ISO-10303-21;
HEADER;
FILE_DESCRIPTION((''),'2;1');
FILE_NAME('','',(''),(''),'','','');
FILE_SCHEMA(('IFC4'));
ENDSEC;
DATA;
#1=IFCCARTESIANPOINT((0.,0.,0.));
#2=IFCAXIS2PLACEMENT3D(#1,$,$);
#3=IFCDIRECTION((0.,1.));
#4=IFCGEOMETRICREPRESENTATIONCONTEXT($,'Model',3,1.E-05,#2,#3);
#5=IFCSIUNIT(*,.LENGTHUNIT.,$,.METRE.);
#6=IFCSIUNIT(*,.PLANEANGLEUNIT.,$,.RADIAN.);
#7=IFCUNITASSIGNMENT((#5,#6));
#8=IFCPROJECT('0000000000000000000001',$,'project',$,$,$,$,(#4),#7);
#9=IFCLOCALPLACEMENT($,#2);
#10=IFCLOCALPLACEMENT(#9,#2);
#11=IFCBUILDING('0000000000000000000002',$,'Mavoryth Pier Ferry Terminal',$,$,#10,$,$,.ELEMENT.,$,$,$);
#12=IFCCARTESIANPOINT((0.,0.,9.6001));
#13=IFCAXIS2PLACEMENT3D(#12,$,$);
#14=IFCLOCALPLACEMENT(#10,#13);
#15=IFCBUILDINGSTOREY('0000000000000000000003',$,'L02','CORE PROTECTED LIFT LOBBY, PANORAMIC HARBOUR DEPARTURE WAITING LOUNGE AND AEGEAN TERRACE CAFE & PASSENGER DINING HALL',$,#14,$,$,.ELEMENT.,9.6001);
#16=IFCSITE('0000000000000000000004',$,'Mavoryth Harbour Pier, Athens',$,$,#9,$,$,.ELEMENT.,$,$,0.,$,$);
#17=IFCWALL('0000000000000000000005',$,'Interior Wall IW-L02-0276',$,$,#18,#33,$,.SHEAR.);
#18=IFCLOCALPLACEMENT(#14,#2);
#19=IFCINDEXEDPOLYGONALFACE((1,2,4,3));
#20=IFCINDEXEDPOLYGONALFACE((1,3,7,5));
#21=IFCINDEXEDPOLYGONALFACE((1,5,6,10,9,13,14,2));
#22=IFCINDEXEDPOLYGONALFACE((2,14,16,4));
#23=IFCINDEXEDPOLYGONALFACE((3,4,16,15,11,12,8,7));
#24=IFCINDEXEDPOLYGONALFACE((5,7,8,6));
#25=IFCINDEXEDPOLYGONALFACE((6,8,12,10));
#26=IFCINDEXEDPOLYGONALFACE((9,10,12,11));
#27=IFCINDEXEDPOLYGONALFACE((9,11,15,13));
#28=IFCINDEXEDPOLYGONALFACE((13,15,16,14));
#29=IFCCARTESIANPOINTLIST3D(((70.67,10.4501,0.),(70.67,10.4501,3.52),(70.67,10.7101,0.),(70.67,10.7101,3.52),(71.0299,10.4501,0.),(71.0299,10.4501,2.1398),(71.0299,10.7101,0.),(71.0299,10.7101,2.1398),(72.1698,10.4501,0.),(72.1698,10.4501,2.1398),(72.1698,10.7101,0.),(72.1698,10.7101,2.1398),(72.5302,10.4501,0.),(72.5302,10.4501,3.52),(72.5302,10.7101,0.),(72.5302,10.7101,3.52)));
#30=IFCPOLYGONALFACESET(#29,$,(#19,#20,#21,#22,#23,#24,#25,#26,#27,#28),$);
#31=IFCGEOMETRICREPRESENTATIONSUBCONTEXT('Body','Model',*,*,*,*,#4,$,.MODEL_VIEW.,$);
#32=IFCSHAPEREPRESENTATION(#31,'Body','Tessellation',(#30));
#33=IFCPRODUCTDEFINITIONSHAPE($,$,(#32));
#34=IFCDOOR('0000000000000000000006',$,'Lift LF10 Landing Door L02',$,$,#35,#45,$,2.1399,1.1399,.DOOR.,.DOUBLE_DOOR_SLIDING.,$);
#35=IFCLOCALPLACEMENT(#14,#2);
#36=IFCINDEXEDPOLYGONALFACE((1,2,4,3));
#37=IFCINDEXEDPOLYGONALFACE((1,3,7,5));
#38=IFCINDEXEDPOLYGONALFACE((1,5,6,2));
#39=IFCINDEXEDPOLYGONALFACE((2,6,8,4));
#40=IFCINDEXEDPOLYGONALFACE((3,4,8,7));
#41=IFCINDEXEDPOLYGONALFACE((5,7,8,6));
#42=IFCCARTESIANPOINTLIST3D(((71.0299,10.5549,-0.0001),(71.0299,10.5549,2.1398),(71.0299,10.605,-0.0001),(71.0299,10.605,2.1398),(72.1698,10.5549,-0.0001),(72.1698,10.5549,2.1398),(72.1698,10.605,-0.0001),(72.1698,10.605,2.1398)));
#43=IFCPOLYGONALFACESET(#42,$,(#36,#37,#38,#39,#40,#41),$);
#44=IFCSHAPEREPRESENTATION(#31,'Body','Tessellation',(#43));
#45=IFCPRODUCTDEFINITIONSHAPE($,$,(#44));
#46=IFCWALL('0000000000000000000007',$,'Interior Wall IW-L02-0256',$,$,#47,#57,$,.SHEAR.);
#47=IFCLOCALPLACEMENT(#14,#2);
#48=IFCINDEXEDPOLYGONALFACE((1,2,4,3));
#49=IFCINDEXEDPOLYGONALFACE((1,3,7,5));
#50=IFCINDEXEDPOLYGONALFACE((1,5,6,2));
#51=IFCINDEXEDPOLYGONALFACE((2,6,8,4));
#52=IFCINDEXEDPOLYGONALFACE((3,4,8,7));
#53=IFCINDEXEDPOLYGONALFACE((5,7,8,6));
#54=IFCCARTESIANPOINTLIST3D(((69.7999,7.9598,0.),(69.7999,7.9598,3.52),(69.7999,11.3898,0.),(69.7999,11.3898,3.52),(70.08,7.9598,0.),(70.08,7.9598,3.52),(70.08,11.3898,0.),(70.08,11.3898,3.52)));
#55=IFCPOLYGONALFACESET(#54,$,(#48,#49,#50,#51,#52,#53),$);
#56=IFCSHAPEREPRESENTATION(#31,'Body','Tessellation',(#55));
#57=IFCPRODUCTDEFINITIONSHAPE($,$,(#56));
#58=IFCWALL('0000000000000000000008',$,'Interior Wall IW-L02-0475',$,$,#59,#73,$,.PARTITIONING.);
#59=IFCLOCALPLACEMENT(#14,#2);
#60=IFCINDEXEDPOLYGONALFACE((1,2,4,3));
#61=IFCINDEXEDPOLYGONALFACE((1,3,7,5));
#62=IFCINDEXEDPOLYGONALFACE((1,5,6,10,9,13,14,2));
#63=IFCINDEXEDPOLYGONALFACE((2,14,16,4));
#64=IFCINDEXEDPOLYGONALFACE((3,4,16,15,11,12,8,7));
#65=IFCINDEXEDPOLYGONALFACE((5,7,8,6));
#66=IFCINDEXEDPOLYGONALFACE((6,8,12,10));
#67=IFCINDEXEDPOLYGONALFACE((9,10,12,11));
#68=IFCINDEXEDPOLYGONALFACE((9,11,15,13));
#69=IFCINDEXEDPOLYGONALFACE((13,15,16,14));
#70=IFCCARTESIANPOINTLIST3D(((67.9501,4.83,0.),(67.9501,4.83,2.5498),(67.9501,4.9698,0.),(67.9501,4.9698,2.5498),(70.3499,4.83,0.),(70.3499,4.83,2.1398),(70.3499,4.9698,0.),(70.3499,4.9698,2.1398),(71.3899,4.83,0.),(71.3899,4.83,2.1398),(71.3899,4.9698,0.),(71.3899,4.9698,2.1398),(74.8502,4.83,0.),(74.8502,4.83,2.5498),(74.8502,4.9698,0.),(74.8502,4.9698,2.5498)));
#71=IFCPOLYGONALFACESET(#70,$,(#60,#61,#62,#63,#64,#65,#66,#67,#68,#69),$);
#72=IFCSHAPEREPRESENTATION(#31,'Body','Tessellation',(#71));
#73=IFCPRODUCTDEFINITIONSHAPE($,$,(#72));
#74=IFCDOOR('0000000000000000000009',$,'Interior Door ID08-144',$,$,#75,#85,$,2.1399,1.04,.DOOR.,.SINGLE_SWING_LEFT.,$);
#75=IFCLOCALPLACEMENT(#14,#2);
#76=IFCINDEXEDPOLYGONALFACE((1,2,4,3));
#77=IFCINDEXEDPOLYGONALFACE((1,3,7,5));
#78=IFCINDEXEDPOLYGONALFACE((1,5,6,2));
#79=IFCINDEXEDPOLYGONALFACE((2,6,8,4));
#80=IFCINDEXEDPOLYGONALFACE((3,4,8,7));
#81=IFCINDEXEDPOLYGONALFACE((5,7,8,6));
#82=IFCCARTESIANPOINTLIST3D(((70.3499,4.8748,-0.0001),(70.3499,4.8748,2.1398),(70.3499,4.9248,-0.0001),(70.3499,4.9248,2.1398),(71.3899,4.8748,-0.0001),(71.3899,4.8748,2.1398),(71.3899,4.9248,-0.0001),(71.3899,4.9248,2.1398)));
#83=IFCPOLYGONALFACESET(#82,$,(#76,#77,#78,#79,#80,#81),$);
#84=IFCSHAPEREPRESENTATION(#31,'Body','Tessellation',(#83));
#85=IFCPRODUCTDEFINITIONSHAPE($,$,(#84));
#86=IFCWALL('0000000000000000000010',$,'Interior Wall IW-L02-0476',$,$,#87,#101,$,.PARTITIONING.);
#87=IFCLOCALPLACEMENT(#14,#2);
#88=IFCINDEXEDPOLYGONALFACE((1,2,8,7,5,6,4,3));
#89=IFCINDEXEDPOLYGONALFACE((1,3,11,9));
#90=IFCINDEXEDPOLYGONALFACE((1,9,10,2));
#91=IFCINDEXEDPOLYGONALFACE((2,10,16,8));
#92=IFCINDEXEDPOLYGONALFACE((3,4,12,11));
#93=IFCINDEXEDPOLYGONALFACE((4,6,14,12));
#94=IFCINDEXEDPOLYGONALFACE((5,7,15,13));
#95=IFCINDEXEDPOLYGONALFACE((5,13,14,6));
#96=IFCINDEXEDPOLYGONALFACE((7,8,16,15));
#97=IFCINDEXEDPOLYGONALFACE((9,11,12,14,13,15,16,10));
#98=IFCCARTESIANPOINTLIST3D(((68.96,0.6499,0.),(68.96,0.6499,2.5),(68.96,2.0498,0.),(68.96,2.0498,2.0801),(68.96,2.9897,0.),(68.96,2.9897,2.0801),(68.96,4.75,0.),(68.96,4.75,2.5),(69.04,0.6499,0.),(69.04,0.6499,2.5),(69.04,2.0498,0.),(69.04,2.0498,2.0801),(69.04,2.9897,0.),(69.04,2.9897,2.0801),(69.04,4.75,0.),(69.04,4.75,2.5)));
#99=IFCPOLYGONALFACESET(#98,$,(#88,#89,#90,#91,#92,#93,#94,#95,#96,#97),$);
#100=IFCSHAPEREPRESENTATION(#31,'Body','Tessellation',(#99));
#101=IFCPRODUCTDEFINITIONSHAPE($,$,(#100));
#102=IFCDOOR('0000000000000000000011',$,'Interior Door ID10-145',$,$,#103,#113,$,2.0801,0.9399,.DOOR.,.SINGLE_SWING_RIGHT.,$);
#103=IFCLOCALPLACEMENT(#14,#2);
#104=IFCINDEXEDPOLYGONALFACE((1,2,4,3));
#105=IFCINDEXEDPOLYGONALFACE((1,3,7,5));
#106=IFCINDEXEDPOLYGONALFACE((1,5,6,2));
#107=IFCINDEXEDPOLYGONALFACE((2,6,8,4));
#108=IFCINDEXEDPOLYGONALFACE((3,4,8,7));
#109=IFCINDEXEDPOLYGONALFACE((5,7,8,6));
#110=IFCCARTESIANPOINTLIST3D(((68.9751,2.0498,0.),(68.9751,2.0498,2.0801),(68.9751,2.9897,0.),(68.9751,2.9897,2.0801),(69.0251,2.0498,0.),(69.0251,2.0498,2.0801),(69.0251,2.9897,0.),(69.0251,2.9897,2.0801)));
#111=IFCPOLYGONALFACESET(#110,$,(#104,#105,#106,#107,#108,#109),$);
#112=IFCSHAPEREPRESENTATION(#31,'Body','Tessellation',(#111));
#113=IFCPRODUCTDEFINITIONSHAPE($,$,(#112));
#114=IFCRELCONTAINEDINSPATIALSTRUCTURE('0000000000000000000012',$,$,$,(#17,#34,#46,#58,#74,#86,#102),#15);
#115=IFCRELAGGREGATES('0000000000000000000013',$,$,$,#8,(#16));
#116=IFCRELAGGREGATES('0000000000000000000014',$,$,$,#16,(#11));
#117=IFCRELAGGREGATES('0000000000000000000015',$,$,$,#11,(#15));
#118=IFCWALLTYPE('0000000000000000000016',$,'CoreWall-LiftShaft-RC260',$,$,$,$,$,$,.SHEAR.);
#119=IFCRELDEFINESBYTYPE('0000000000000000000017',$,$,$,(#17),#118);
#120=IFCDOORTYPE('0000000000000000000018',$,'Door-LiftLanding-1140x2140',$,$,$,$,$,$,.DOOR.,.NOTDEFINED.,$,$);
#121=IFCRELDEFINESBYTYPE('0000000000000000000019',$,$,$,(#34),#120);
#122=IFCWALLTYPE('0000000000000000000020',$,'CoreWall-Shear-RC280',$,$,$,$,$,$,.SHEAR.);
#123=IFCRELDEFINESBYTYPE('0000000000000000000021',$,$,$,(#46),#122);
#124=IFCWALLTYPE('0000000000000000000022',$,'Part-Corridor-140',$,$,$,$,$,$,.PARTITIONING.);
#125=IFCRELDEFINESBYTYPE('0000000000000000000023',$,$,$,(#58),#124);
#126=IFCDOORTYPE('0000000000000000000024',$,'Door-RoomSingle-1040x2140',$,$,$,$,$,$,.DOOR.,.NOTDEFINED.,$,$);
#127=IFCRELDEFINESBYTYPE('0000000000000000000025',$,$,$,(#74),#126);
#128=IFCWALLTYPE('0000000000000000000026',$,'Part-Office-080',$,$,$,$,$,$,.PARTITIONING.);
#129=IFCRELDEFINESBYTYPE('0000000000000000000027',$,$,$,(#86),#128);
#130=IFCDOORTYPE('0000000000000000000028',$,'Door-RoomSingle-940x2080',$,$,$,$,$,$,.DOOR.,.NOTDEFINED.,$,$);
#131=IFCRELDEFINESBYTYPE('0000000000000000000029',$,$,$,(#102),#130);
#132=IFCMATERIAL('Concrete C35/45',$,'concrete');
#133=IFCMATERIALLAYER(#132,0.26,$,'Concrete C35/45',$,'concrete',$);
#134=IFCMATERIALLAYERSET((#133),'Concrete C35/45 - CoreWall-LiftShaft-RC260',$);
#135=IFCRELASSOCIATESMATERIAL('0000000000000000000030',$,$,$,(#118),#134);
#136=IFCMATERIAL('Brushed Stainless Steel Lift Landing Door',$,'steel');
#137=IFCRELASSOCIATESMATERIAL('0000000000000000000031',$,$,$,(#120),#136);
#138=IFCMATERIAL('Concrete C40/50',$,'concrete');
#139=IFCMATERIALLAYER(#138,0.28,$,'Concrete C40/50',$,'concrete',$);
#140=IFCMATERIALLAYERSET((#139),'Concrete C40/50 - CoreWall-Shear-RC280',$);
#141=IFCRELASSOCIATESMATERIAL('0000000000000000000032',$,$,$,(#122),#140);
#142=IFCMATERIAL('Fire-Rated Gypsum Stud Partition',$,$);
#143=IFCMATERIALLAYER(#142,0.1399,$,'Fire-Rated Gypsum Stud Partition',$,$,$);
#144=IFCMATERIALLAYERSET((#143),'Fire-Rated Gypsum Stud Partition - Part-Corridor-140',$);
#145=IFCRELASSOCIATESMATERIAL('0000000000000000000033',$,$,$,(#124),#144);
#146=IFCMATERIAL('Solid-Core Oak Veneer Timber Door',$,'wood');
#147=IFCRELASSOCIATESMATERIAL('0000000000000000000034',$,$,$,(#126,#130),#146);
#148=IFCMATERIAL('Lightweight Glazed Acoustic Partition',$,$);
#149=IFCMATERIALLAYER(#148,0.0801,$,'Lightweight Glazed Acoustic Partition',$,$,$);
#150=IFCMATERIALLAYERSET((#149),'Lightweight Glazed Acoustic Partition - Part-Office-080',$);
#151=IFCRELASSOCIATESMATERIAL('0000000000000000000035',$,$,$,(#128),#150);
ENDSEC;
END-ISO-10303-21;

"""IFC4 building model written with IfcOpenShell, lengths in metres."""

from ifc_helpers import new_model, si_unit, direction, frame, frame_2d, origin, place, context, subcontext, project, spatial, rectangle, extrude, material, layer, layer_set, type_object, element, fill, save


model = new_model("IFC4")

# Units and contexts
model_context = context("Model", 3, precision=1e-05, world=origin(), true_north=direction((0.0, 1.0)))
body_context = subcontext(model_context, "Body", "Model", "MODEL_VIEW")
ifc_project = project(units=[si_unit("LENGTHUNIT", "METRE"), si_unit("PLANEANGLEUNIT", "RADIAN")], contexts=[model_context])

# Site, building, storey
site_placement = place(None, origin())
site = spatial("IfcSite", under=ifc_project, at=site_placement, Name="Mavoryth Harbour Pier, Athens", CompositionType="ELEMENT", RefElevation=0.0)
building_placement = place(site_placement, origin())
building = spatial("IfcBuilding", under=site, at=building_placement, Name="Mavoryth Pier Ferry Terminal", CompositionType="ELEMENT")
storey_placement = place(building_placement, frame((0.0, 0.0, 9.6001)))
storey = spatial("IfcBuildingStorey", under=building, at=storey_placement, Name="L02", Description="CORE PROTECTED LIFT LOBBY, PANORAMIC HARBOUR DEPARTURE WAITING LOUNGE AND AEGEAN TERRACE CAFE & PASSENGER DINING HALL", CompositionType="ELEMENT", Elevation=9.6001)

# Shared definitions
ifc_material_1 = material(Name="Concrete C40/50", Category="concrete")

# Shared definitions
ifc_material_2 = material(Name="Concrete C35/45", Category="concrete")

# Shared definitions
ifc_layer_1 = layer(ifc_material_2, 0.26, Name="Concrete C35/45", Category="concrete")
ifc_layer_set_1 = layer_set([ifc_layer_1], Name="Concrete C35/45 - CoreWall-LiftShaft-RC260")
wall_type_1 = type_object("IfcWallType", Name="CoreWall-LiftShaft-RC260", PredefinedType="SHEAR", material=ifc_layer_set_1)

# Wall, opening, door
wall_1_placement = place(storey_placement, frame((70.6699, 10.5801, 0.0), z_axis=(0.0, 0.0, 1.0), x_axis=(1.0, 0.0, 0.0)))
wall_1 = element("IfcWall", 1, at=wall_1_placement, inside=storey, type_object=wall_type_1, Name="Interior Wall IW-L02-0276", PredefinedType="SHEAR", context=body_context, shape_type="SweptSolid", body=[
    extrude(rectangle(XDim=1.8601, YDim=0.26, at=frame_2d((0.9302, 0.0))), origin(), (0.0, 0.0, 1.0), 3.52),
])
opening_1_placement = place(wall_1_placement, frame((0.3601, 0.0, 0.0)))
opening_1 = element("IfcOpeningElement", 2, at=opening_1_placement, cuts=wall_1, PredefinedType="OPENING", context=body_context, shape_type="SweptSolid", body=[
    extrude(rectangle(XDim=1.1399, YDim=2.1399, at=frame_2d((0.5698, 1.0698))), frame((0.0, 0.1399, 0.0), z_axis=(0.0, -1.0, 0.0), x_axis=(1.0, 0.0, 0.0)), (0.0, 0.0, 1.0), 0.28),
])
ifc_material_3 = material(Name="Brushed Stainless Steel Lift Landing Door", Category="steel")
door_type_1 = type_object("IfcDoorType", Name="Door-LiftLanding-1140x2140", OperationType="NOTDEFINED", PredefinedType="DOOR", material=ifc_material_3)
door_1_placement = place(opening_1_placement, origin())
door_1 = element("IfcDoor", 3, at=door_1_placement, inside=storey, type_object=door_type_1, Name="Lift LF10 Landing Door L02", OperationType="DOUBLE_DOOR_SLIDING", OverallHeight=2.1399, OverallWidth=1.1399, PredefinedType="DOOR", context=body_context, shape_type="SweptSolid", body=[
    extrude(rectangle(XDim=1.1399, YDim=2.1399, at=frame_2d((0.5698, 1.0698))), frame((0.0, 0.0249, 0.0), z_axis=(0.0, -1.0, 0.0), x_axis=(1.0, 0.0, 0.0)), (0.0, 0.0, 1.0), 0.05),
])
fill(opening_1, door_1)

# Wall
ifc_layer_2 = layer(ifc_material_1, 0.28, Name="Concrete C40/50", Category="concrete")
ifc_layer_set_2 = layer_set([ifc_layer_2], Name="Concrete C40/50 - CoreWall-Shear-RC280")
wall_type_2 = type_object("IfcWallType", Name="CoreWall-Shear-RC280", PredefinedType="SHEAR", material=ifc_layer_set_2)
wall_2_placement = place(storey_placement, frame((69.9399, 7.96, 0.0), z_axis=(0.0, 0.0, 1.0), x_axis=(0.0, 1.0, 0.0)))
element("IfcWall", 4, at=wall_2_placement, inside=storey, type_object=wall_type_2, Name="Interior Wall IW-L02-0256", PredefinedType="SHEAR", context=body_context, shape_type="SweptSolid", body=[
    extrude(rectangle(XDim=3.4299, YDim=0.28, at=frame_2d((1.7148, 0.0))), origin(), (0.0, 0.0, 1.0), 3.52),
])

# Walls, openings, doors
ifc_material_4 = material(Name="Fire-Rated Gypsum Stud Partition")
ifc_layer_3 = layer(ifc_material_4, 0.1399, Name="Fire-Rated Gypsum Stud Partition")
ifc_layer_set_3 = layer_set([ifc_layer_3], Name="Fire-Rated Gypsum Stud Partition - Part-Corridor-140")
wall_type_3 = type_object("IfcWallType", Name="Part-Corridor-140", PredefinedType="PARTITIONING", material=ifc_layer_set_3)
wall_3_placement = place(storey_placement, frame((67.95, 4.8999, 0.0), z_axis=(0.0, 0.0, 1.0), x_axis=(1.0, 0.0, 0.0)))
wall_3 = element("IfcWall", 5, at=wall_3_placement, inside=storey, type_object=wall_type_3, Name="Interior Wall IW-L02-0475", PredefinedType="PARTITIONING", context=body_context, shape_type="SweptSolid", body=[
    extrude(rectangle(XDim=6.9001, YDim=0.1399, at=frame_2d((3.4502, 0.0))), origin(), (0.0, 0.0, 1.0), 2.5498),
])
opening_2_placement = place(wall_3_placement, frame((2.3999, 0.0, 0.0)))
opening_2 = element("IfcOpeningElement", 6, at=opening_2_placement, cuts=wall_3, PredefinedType="OPENING", context=body_context, shape_type="SweptSolid", body=[
    extrude(rectangle(XDim=1.04, YDim=2.1399, at=frame_2d((0.52, 1.0698))), frame((0.0, 0.0798, 0.0), z_axis=(0.0, -1.0, 0.0), x_axis=(1.0, 0.0, 0.0)), (0.0, 0.0, 1.0), 0.1599),
])
ifc_material_5 = material(Name="Solid-Core Oak Veneer Timber Door", Category="wood")
door_type_2 = type_object("IfcDoorType", Name="Door-RoomSingle-1040x2140", OperationType="NOTDEFINED", PredefinedType="DOOR", material=ifc_material_5)
door_2_placement = place(opening_2_placement, origin())
door_2 = element("IfcDoor", 7, at=door_2_placement, inside=storey, type_object=door_type_2, Name="Interior Door ID08-144", OperationType="SINGLE_SWING_LEFT", OverallHeight=2.1399, OverallWidth=1.04, PredefinedType="DOOR", context=body_context, shape_type="SweptSolid", body=[
    extrude(rectangle(XDim=1.04, YDim=2.1399, at=frame_2d((0.52, 1.0698))), frame((0.0, 0.0249, 0.0), z_axis=(0.0, -1.0, 0.0), x_axis=(1.0, 0.0, 0.0)), (0.0, 0.0, 1.0), 0.05),
])
fill(opening_2, door_2)
ifc_material_6 = material(Name="Lightweight Glazed Acoustic Partition")
ifc_layer_4 = layer(ifc_material_6, 0.0801, Name="Lightweight Glazed Acoustic Partition")
ifc_layer_set_4 = layer_set([ifc_layer_4], Name="Lightweight Glazed Acoustic Partition - Part-Office-080")
wall_type_4 = type_object("IfcWallType", Name="Part-Office-080", PredefinedType="PARTITIONING", material=ifc_layer_set_4)
wall_4_placement = place(storey_placement, frame((69.0, 0.6499, 0.0), z_axis=(0.0, 0.0, 1.0), x_axis=(0.0, 1.0, 0.0)))
wall_4 = element("IfcWall", 8, at=wall_4_placement, inside=storey, type_object=wall_type_4, Name="Interior Wall IW-L02-0476", PredefinedType="PARTITIONING", context=body_context, shape_type="SweptSolid", body=[
    extrude(rectangle(XDim=4.1001, YDim=0.0801, at=frame_2d((2.05, 0.0))), origin(), (0.0, 0.0, 1.0), 2.5),
])
opening_3_placement = place(wall_4_placement, frame((1.3999, 0.0, 0.0)))
opening_3 = element("IfcOpeningElement", 9, at=opening_3_placement, cuts=wall_4, PredefinedType="OPENING", context=body_context, shape_type="SweptSolid", body=[
    extrude(rectangle(XDim=0.9399, YDim=2.0801, at=frame_2d((0.47, 1.04))), frame((0.0, 0.05, 0.0), z_axis=(0.0, -1.0, 0.0), x_axis=(1.0, 0.0, 0.0)), (0.0, 0.0, 1.0), 0.1001),
])
door_type_3 = type_object("IfcDoorType", Name="Door-RoomSingle-940x2080", OperationType="NOTDEFINED", PredefinedType="DOOR", material=ifc_material_5)
door_3_placement = place(opening_3_placement, origin())
door_3 = element("IfcDoor", 10, at=door_3_placement, inside=storey, type_object=door_type_3, Name="Interior Door ID10-145", OperationType="SINGLE_SWING_RIGHT", OverallHeight=2.0801, OverallWidth=0.9399, PredefinedType="DOOR", context=body_context, shape_type="SweptSolid", body=[
    extrude(rectangle(XDim=0.9399, YDim=2.0801, at=frame_2d((0.47, 1.04))), frame((0.0, 0.0249, 0.0), z_axis=(0.0, -1.0, 0.0), x_axis=(1.0, 0.0, 0.0)), (0.0, 0.0, 1.0), 0.05),
])
fill(opening_3, door_3)

save(model, "model.ifc")
